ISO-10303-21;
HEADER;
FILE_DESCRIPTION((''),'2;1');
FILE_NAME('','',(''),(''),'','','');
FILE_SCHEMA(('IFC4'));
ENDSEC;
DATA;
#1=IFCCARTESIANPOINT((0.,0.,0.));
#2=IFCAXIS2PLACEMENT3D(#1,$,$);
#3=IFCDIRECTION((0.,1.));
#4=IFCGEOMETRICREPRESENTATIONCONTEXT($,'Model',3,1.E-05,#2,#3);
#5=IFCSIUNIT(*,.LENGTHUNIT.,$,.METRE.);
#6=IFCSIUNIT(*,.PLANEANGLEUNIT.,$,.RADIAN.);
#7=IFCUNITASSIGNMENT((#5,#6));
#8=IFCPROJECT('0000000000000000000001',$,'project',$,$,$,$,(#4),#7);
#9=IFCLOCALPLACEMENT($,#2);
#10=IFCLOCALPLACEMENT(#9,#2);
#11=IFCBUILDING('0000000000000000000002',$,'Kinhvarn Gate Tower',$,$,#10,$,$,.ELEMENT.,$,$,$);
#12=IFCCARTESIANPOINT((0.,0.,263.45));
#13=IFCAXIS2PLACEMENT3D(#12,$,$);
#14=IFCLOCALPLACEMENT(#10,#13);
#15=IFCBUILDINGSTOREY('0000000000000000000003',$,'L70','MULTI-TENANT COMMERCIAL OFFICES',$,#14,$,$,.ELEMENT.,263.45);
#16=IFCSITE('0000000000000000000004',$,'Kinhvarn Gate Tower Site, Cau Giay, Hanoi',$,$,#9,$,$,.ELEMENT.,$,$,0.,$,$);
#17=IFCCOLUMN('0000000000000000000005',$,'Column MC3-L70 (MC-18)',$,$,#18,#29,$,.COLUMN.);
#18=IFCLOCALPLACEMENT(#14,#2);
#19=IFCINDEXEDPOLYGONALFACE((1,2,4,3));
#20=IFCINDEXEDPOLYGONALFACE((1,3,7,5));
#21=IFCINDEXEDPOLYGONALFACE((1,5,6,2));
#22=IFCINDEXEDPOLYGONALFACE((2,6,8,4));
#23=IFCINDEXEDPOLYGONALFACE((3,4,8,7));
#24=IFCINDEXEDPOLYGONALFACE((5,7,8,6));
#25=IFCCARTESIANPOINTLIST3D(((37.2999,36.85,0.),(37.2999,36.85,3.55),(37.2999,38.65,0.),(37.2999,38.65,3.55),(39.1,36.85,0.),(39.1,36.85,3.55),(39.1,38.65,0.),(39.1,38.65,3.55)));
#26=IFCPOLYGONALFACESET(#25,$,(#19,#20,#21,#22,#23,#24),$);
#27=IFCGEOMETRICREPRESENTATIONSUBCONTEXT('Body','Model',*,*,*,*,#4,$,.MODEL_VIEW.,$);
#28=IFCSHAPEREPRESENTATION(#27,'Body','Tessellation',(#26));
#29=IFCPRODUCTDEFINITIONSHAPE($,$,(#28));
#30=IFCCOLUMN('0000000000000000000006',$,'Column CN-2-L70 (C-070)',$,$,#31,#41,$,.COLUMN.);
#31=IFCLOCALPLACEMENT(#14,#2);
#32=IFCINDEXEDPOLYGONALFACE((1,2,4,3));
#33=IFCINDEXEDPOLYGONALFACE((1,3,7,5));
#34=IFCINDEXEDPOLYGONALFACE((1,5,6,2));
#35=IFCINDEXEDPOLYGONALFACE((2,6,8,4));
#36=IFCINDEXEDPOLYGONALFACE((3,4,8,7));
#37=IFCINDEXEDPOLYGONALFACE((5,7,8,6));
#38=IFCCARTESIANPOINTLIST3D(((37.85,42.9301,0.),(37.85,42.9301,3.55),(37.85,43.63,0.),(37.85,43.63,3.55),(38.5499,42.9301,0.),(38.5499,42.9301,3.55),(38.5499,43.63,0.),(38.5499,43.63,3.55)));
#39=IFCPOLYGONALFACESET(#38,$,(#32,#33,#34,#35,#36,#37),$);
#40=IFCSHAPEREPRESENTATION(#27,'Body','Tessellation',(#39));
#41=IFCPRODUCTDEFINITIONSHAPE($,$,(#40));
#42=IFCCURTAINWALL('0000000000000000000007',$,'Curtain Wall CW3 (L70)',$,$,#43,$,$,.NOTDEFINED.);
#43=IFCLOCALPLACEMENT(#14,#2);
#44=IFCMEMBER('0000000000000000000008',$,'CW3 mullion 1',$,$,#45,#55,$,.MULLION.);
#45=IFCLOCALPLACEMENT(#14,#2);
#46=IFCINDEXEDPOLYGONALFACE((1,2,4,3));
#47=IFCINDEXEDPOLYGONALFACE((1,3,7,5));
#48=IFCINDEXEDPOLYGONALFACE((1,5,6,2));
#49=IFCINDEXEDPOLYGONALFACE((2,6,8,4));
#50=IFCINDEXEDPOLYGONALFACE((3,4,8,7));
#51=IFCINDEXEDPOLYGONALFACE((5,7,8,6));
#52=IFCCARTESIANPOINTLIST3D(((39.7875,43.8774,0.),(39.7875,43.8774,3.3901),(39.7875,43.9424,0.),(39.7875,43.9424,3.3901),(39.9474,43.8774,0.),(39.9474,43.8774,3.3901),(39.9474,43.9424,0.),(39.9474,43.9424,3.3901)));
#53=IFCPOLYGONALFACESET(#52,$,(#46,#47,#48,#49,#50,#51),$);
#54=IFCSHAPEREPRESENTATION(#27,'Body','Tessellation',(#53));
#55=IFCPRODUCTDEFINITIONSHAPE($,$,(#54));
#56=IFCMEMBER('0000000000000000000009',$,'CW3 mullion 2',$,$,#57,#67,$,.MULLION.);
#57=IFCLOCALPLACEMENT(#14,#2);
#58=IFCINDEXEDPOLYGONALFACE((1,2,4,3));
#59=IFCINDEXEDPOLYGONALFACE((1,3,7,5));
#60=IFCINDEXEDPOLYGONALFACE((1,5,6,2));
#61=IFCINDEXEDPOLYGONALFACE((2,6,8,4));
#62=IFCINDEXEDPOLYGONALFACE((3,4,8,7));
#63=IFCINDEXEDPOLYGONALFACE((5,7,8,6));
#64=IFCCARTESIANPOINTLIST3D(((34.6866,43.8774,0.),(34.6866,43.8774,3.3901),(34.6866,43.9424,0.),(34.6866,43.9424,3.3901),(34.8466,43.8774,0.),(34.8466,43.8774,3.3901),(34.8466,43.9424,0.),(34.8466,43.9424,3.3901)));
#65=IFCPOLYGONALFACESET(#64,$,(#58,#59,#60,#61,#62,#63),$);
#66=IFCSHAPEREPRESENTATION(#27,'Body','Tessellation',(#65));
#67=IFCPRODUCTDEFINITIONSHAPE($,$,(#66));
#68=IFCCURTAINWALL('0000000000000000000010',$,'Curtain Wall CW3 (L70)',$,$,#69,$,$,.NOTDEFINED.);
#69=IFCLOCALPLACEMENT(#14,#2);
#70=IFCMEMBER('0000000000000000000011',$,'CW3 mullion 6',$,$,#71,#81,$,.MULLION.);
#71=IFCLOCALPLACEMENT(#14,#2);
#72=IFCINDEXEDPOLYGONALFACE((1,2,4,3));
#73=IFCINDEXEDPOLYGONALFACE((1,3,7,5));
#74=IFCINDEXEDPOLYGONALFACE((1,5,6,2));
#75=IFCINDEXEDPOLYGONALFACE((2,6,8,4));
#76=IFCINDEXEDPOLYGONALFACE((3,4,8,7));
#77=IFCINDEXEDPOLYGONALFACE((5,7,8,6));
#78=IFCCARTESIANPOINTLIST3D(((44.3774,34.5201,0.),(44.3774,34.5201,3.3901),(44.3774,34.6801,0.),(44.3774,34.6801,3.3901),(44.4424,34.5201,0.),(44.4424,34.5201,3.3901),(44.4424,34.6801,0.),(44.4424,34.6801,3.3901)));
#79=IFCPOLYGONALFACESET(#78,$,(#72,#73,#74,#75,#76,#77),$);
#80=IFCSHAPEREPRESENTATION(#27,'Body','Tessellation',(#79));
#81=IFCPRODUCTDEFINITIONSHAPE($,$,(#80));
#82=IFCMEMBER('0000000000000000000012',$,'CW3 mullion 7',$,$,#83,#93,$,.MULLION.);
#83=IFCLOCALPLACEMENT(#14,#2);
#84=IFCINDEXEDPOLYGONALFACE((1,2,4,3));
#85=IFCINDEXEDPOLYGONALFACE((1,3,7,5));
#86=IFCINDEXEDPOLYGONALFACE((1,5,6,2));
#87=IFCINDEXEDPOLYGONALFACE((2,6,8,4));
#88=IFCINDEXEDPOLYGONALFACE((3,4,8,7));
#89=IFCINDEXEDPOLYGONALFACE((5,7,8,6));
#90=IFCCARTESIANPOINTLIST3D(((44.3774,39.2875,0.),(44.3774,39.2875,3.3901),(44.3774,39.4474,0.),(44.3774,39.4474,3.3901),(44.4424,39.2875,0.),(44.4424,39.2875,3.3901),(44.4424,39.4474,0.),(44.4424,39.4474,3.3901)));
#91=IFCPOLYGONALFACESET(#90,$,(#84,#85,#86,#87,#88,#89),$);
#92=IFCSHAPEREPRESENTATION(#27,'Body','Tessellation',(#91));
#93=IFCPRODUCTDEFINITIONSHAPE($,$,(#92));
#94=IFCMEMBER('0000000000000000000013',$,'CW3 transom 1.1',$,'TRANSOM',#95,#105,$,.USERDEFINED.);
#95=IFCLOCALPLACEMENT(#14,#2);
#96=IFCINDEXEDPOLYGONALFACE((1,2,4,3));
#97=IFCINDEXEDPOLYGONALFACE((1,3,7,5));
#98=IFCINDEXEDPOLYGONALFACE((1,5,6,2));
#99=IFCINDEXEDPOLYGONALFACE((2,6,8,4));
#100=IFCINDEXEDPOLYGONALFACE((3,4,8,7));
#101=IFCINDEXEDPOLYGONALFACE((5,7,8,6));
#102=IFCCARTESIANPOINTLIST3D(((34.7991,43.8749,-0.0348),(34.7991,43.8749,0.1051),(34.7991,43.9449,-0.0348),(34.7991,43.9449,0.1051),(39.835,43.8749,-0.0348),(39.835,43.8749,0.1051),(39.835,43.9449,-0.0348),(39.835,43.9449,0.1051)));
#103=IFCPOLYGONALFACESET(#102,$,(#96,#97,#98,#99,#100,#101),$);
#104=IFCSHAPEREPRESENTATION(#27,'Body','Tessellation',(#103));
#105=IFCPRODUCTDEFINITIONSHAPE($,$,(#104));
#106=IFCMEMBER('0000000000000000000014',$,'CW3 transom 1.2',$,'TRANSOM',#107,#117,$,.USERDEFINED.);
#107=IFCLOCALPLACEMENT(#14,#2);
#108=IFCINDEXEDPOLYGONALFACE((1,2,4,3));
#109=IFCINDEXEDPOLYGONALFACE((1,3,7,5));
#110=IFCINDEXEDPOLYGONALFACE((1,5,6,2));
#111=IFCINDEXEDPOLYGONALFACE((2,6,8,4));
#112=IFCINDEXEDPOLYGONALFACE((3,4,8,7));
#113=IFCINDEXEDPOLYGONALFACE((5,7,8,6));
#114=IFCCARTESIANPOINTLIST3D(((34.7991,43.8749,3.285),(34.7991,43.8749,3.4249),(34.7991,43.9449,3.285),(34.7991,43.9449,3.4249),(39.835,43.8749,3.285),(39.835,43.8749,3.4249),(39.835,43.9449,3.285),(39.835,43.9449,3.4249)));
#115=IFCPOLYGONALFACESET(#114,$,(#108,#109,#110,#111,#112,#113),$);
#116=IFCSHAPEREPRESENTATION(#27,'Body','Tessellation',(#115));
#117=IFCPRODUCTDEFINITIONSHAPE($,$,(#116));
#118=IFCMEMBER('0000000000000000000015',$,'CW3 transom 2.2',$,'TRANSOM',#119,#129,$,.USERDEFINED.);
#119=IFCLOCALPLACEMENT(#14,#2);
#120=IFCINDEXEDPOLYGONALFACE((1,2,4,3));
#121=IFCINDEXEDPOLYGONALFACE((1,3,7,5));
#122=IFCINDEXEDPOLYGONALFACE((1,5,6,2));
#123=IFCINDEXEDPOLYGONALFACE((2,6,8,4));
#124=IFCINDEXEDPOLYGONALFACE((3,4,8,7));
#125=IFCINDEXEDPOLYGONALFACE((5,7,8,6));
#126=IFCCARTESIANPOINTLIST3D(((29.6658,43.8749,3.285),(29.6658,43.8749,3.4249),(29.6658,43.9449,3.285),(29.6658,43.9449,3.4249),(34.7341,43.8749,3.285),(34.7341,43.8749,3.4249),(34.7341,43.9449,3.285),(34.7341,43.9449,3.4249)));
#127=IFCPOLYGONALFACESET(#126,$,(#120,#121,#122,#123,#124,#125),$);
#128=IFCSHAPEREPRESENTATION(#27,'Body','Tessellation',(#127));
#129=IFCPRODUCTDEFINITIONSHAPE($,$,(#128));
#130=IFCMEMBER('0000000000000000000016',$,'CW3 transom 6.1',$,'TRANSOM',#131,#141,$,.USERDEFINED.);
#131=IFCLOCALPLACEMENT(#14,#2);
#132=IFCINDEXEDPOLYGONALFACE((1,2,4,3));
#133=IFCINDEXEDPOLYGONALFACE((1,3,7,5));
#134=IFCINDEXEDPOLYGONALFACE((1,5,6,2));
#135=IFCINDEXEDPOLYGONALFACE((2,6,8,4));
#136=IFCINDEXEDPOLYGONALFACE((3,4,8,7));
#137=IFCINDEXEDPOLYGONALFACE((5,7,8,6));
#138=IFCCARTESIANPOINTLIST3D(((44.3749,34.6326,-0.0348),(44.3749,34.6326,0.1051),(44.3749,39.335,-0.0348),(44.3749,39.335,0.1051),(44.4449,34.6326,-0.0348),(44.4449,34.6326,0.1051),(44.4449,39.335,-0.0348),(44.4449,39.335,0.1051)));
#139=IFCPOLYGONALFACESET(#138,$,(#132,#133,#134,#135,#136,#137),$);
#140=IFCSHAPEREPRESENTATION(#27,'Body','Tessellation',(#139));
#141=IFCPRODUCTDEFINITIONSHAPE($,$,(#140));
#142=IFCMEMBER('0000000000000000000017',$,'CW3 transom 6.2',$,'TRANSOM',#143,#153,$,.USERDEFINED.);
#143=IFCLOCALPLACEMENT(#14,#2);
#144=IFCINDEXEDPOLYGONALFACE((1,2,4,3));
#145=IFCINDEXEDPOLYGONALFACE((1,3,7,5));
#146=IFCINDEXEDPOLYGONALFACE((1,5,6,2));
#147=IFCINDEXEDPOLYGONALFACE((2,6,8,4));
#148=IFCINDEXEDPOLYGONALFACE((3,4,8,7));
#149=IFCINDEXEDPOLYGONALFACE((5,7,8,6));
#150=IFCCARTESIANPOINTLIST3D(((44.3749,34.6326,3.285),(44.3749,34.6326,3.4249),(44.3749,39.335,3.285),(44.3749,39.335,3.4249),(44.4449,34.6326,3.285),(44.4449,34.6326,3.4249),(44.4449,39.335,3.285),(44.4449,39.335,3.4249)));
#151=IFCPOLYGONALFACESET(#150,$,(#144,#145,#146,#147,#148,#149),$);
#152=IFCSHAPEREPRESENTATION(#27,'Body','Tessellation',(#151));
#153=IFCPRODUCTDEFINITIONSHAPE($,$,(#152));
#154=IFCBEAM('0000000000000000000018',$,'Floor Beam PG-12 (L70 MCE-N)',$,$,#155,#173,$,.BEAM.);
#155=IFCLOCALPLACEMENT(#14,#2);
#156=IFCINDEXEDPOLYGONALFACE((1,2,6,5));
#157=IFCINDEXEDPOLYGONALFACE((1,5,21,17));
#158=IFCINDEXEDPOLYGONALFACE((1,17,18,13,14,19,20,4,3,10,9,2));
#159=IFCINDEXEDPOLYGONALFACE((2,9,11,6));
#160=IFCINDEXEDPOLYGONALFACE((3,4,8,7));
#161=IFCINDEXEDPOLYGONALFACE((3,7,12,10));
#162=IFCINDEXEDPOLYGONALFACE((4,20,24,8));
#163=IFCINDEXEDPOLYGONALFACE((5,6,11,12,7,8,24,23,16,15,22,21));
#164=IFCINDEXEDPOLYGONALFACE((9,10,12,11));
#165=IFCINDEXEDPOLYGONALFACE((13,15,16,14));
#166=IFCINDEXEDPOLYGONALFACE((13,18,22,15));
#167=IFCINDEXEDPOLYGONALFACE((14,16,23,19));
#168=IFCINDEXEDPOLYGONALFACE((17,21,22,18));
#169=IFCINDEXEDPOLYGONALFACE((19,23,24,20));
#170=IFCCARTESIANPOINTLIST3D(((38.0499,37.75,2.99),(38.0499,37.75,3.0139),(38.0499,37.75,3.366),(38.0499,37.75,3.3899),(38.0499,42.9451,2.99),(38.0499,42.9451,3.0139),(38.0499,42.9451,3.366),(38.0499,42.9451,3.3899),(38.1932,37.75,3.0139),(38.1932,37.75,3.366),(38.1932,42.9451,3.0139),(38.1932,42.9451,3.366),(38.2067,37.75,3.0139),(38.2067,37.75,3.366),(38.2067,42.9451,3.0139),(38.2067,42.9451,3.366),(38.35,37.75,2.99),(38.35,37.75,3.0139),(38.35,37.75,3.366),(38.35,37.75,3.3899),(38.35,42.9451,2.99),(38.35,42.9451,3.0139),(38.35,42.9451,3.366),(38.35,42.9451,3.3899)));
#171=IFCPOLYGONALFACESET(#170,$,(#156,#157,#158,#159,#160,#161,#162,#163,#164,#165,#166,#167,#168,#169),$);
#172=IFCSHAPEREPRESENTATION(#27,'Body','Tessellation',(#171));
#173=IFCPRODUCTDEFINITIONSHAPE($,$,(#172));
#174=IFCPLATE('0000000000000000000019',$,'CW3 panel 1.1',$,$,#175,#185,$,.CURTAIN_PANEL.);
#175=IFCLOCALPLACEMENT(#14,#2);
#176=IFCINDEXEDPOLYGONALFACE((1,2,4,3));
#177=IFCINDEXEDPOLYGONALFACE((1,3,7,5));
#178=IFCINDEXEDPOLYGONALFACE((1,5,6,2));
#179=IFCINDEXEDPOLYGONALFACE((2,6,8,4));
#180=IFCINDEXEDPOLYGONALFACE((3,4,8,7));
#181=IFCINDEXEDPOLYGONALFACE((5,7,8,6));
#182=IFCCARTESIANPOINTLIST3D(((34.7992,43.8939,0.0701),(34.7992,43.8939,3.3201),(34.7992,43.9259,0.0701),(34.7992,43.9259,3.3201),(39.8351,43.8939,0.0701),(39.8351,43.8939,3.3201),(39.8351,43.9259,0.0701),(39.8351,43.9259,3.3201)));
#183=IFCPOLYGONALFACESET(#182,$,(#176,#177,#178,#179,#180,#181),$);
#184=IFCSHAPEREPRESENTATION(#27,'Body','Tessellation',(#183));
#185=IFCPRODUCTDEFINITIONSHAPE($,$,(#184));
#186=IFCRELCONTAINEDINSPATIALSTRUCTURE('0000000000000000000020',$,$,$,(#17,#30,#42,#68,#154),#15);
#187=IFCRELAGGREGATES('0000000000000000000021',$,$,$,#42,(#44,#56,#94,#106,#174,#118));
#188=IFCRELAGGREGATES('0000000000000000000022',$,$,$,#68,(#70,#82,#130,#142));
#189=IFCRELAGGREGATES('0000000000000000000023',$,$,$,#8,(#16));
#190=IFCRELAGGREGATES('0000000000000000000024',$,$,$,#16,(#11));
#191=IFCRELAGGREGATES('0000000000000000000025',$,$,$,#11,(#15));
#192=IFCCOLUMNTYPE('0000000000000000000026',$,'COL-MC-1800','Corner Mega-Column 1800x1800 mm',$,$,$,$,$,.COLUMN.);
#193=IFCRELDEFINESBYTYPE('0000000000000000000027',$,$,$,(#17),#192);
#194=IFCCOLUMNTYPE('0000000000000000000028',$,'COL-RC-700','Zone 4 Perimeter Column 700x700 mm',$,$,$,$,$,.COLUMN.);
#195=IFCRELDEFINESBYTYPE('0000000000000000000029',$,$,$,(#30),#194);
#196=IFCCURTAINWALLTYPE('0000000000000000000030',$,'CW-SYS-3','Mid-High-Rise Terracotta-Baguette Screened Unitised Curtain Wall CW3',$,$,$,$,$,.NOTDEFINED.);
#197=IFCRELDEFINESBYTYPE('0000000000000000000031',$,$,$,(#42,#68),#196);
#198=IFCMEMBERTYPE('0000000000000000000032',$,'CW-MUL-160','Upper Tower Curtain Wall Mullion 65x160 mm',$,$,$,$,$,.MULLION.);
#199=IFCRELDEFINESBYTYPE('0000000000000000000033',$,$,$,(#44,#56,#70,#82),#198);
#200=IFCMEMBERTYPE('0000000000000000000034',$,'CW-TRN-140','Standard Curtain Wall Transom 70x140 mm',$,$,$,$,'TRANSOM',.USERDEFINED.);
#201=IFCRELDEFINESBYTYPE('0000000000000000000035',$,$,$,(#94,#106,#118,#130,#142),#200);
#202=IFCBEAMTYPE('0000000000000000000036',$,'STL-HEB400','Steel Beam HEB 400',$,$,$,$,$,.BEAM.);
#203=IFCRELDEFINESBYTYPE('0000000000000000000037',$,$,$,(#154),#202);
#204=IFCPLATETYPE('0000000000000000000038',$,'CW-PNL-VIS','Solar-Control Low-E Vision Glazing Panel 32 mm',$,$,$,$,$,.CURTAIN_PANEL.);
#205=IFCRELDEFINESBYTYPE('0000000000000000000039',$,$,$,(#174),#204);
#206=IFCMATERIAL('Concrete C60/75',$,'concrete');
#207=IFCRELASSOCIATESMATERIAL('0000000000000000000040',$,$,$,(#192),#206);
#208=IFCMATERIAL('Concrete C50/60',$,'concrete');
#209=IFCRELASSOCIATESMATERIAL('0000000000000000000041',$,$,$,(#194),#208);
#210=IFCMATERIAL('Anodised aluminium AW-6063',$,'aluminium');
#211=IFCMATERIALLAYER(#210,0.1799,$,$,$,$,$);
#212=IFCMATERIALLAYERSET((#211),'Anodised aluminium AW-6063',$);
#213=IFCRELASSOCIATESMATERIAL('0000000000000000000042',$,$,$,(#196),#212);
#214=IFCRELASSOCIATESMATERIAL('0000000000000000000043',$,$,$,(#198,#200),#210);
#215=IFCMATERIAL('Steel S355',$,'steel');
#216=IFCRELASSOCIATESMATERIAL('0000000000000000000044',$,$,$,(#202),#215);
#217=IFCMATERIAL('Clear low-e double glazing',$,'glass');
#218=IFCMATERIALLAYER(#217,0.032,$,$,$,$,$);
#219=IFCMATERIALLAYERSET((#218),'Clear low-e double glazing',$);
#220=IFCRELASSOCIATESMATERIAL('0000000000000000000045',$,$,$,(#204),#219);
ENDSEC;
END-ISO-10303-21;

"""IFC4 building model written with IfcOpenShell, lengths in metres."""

from ifc_helpers import new_model, si_unit, direction, frame, origin, origin_2d, place, context, subcontext, project, spatial, rectangle, i_section, extrude, material, layer, layer_set, material_profile, profile_set, type_object, element, aggregate, save


model = new_model("IFC4")

# Units and contexts
model_context = context("Model", 3, precision=1e-05, world=origin(), true_north=direction((0.0, 1.0)))
body_context = subcontext(model_context, "Body", "Model", "MODEL_VIEW")
ifc_project = project(units=[si_unit("LENGTHUNIT", "METRE"), si_unit("PLANEANGLEUNIT", "RADIAN")], contexts=[model_context])

# Site, building, storey
site_placement = place(None, origin())
site = spatial("IfcSite", under=ifc_project, at=site_placement, Name="Kinhvarn Gate Tower Site, Cau Giay, Hanoi", CompositionType="ELEMENT", RefElevation=0.0)
building_placement = place(site_placement, origin())
building = spatial("IfcBuilding", under=site, at=building_placement, Name="Kinhvarn Gate Tower", CompositionType="ELEMENT")
storey_placement = place(building_placement, frame((0.0, 0.0, 263.45)))
storey = spatial("IfcBuildingStorey", under=building, at=storey_placement, Name="L70", Description="MULTI-TENANT COMMERCIAL OFFICES", CompositionType="ELEMENT", Elevation=263.45)

# Columns
ifc_material_1 = material(Name="Concrete C60/75", Category="concrete")
ifc_material_profile_1 = material_profile(ifc_material_1, rectangle(XDim=1.8, YDim=1.8, at=origin_2d()), Name="RC 1800x1800")
ifc_profile_set_1 = profile_set([ifc_material_profile_1], Name="Concrete C60/75")
column_type_1 = type_object("IfcColumnType", Name="COL-MC-1800", Description="Corner Mega-Column 1800x1800 mm", PredefinedType="COLUMN", material=ifc_profile_set_1)
column_1_placement = place(storey_placement, frame((38.2, 37.75, 0.0), z_axis=(0.0, 0.0, 1.0), x_axis=(1.0, 0.0, 0.0)))
element("IfcColumn", 1, at=column_1_placement, inside=storey, type_object=column_type_1, Name="Column MC3-L70 (MC-18)", PredefinedType="COLUMN", context=body_context, shape_type="SweptSolid", body=[
    extrude(rectangle(XDim=1.8, YDim=1.8, at=origin_2d()), origin(), (0.0, 0.0, 1.0), 3.55),
])
ifc_material_2 = material(Name="Concrete C50/60", Category="concrete")
ifc_material_profile_2 = material_profile(ifc_material_2, rectangle(XDim=0.7, YDim=0.7, at=origin_2d()), Name="RC 700x700")
ifc_profile_set_2 = profile_set([ifc_material_profile_2], Name="Concrete C50/60")
column_type_2 = type_object("IfcColumnType", Name="COL-RC-700", Description="Zone 4 Perimeter Column 700x700 mm", PredefinedType="COLUMN", material=ifc_profile_set_2)
column_2_placement = place(storey_placement, frame((38.2, 43.28, 0.0), z_axis=(0.0, 0.0, 1.0), x_axis=(1.0, 0.0, 0.0)))
element("IfcColumn", 2, at=column_2_placement, inside=storey, type_object=column_type_2, Name="Column CN-2-L70 (C-070)", PredefinedType="COLUMN", context=body_context, shape_type="SweptSolid", body=[
    extrude(rectangle(XDim=0.7, YDim=0.7, at=origin_2d()), origin(), (0.0, 0.0, 1.0), 3.55),
])

# Curtain walls, members
ifc_material_3 = material(Name="Anodised aluminium AW-6063", Category="aluminium")
ifc_layer_1 = layer(ifc_material_3, 0.1799)
ifc_layer_set_1 = layer_set([ifc_layer_1], Name="Anodised aluminium AW-6063")
curtain_wall_type = type_object("IfcCurtainWallType", Name="CW-SYS-3", Description="Mid-High-Rise Terracotta-Baguette Screened Unitised Curtain Wall CW3", PredefinedType="NOTDEFINED", material=ifc_layer_set_1)
curtain_wall_1_placement = place(storey_placement, origin())
curtain_wall_1 = element("IfcCurtainWall", 3, at=curtain_wall_1_placement, inside=storey, type_object=curtain_wall_type, Name="Curtain Wall CW3 (L70)", PredefinedType="NOTDEFINED")
ifc_material_profile_3 = material_profile(ifc_material_3, rectangle(XDim=0.0649, YDim=0.1599, at=origin_2d()), Name="ALU 65x160")
ifc_profile_set_3 = profile_set([ifc_material_profile_3], Name="Anodised aluminium AW-6063")
member_type_1 = type_object("IfcMemberType", Name="CW-MUL-160", Description="Upper Tower Curtain Wall Mullion 65x160 mm", PredefinedType="MULLION", material=ifc_profile_set_3)
member_1_placement = place(storey_placement, frame((39.8674, 43.9099, 0.0), z_axis=(0.0, 0.0, 1.0), x_axis=(0.0, -1.0, 0.0)))
member_1 = element("IfcMember", 4, at=member_1_placement, type_object=member_type_1, Name="CW3 mullion 1", PredefinedType="MULLION", context=body_context, shape_type="SweptSolid", body=[
    extrude(rectangle(XDim=0.0649, YDim=0.1599, at=origin_2d()), origin(), (0.0, 0.0, 1.0), 3.3901),
])
member_2_placement = place(storey_placement, frame((34.7666, 43.9099, 0.0), z_axis=(0.0, 0.0, 1.0), x_axis=(0.0, -1.0, 0.0)))
member_2 = element("IfcMember", 5, at=member_2_placement, type_object=member_type_1, Name="CW3 mullion 2", PredefinedType="MULLION", context=body_context, shape_type="SweptSolid", body=[
    extrude(rectangle(XDim=0.0649, YDim=0.1599, at=origin_2d()), origin(), (0.0, 0.0, 1.0), 3.3901),
])
curtain_wall_2_placement = place(storey_placement, origin())
curtain_wall_2 = element("IfcCurtainWall", 6, at=curtain_wall_2_placement, inside=storey, type_object=curtain_wall_type, Name="Curtain Wall CW3 (L70)", PredefinedType="NOTDEFINED")
member_3_placement = place(storey_placement, frame((44.4099, 34.6001, 0.0), z_axis=(0.0, 0.0, 1.0), x_axis=(-1.0, 0.0, 0.0)))
member_3 = element("IfcMember", 7, at=member_3_placement, type_object=member_type_1, Name="CW3 mullion 6", PredefinedType="MULLION", context=body_context, shape_type="SweptSolid", body=[
    extrude(rectangle(XDim=0.0649, YDim=0.1599, at=origin_2d()), origin(), (0.0, 0.0, 1.0), 3.3901),
])
member_4_placement = place(storey_placement, frame((44.4099, 39.3674, 0.0), z_axis=(0.0, 0.0, 1.0), x_axis=(-1.0, 0.0, 0.0)))
member_4 = element("IfcMember", 8, at=member_4_placement, type_object=member_type_1, Name="CW3 mullion 7", PredefinedType="MULLION", context=body_context, shape_type="SweptSolid", body=[
    extrude(rectangle(XDim=0.0649, YDim=0.1599, at=origin_2d()), origin(), (0.0, 0.0, 1.0), 3.3901),
])

# Members
ifc_material_profile_4 = material_profile(ifc_material_3, rectangle(XDim=0.0701, YDim=0.1399, at=origin_2d()), Name="ALU 70x140")
ifc_profile_set_4 = profile_set([ifc_material_profile_4], Name="Anodised aluminium AW-6063")
member_type_2 = type_object("IfcMemberType", Name="CW-TRN-140", Description="Standard Curtain Wall Transom 70x140 mm", ElementType="TRANSOM", PredefinedType="USERDEFINED", material=ifc_profile_set_4)
member_5_placement = place(storey_placement, frame((39.835, 43.9099, 0.0352), z_axis=(-1.0, 0.0, 0.0), x_axis=(0.0, -1.0, 0.0)))
member_5 = element("IfcMember", 9, at=member_5_placement, type_object=member_type_2, Name="CW3 transom 1.1", ObjectType="TRANSOM", PredefinedType="USERDEFINED", context=body_context, shape_type="SweptSolid", body=[
    extrude(rectangle(XDim=0.0701, YDim=0.1399, at=origin_2d()), origin(), (0.0, 0.0, 1.0), 5.0359),
])
member_6_placement = place(storey_placement, frame((39.835, 43.9099, 3.355), z_axis=(-1.0, 0.0, 0.0), x_axis=(0.0, -1.0, 0.0)))
member_6 = element("IfcMember", 10, at=member_6_placement, type_object=member_type_2, Name="CW3 transom 1.2", ObjectType="TRANSOM", PredefinedType="USERDEFINED", context=body_context, shape_type="SweptSolid", body=[
    extrude(rectangle(XDim=0.0701, YDim=0.1399, at=origin_2d()), origin(), (0.0, 0.0, 1.0), 5.0359),
])
member_7_placement = place(storey_placement, frame((34.7341, 43.9099, 3.355), z_axis=(-1.0, 0.0, 0.0), x_axis=(0.0, -1.0, 0.0)))
member_7 = element("IfcMember", 11, at=member_7_placement, type_object=member_type_2, Name="CW3 transom 2.2", ObjectType="TRANSOM", PredefinedType="USERDEFINED", context=body_context, shape_type="SweptSolid", body=[
    extrude(rectangle(XDim=0.0701, YDim=0.1399, at=origin_2d()), origin(), (0.0, 0.0, 1.0), 5.0684),
])
member_8_placement = place(storey_placement, frame((44.4099, 34.6326, 0.0352), z_axis=(0.0, 1.0, 0.0), x_axis=(-1.0, 0.0, 0.0)))
member_8 = element("IfcMember", 12, at=member_8_placement, type_object=member_type_2, Name="CW3 transom 6.1", ObjectType="TRANSOM", PredefinedType="USERDEFINED", context=body_context, shape_type="SweptSolid", body=[
    extrude(rectangle(XDim=0.0701, YDim=0.1399, at=origin_2d()), origin(), (0.0, 0.0, 1.0), 4.7024),
])
member_9_placement = place(storey_placement, frame((44.4099, 34.6326, 3.355), z_axis=(0.0, 1.0, 0.0), x_axis=(-1.0, 0.0, 0.0)))
member_9 = element("IfcMember", 13, at=member_9_placement, type_object=member_type_2, Name="CW3 transom 6.2", ObjectType="TRANSOM", PredefinedType="USERDEFINED", context=body_context, shape_type="SweptSolid", body=[
    extrude(rectangle(XDim=0.0701, YDim=0.1399, at=origin_2d()), origin(), (0.0, 0.0, 1.0), 4.7024),
])

# Beam
ifc_material_4 = material(Name="Steel S355", Category="steel")
ifc_material_profile_5 = material_profile(ifc_material_4, i_section(OverallWidth=0.3, OverallDepth=0.3999, WebThickness=0.0134, FlangeThickness=0.0239, at=origin_2d()), Name="HEB 400")
ifc_profile_set_5 = profile_set([ifc_material_profile_5], Name="Steel S355")
beam_type = type_object("IfcBeamType", Name="STL-HEB400", Description="Steel Beam HEB 400", PredefinedType="BEAM", material=ifc_profile_set_5)
beam_placement = place(storey_placement, frame((38.2, 37.75, 3.1899), z_axis=(0.0, 1.0, 0.0), x_axis=(-1.0, 0.0, 0.0)))
element("IfcBeam", 14, at=beam_placement, inside=storey, type_object=beam_type, Name="Floor Beam PG-12 (L70 MCE-N)", PredefinedType="BEAM", context=body_context, shape_type="SweptSolid", body=[
    extrude(i_section(OverallWidth=0.3, OverallDepth=0.3999, WebThickness=0.0134, FlangeThickness=0.0239, at=origin_2d()), origin(), (0.0, 0.0, 1.0), 5.1951),
])

# Plate
ifc_material_5 = material(Name="Clear low-e double glazing", Category="glass")
ifc_layer_2 = layer(ifc_material_5, 0.032)
ifc_layer_set_2 = layer_set([ifc_layer_2], Name="Clear low-e double glazing")
plate_type = type_object("IfcPlateType", Name="CW-PNL-VIS", Description="Solar-Control Low-E Vision Glazing Panel 32 mm", PredefinedType="CURTAIN_PANEL", material=ifc_layer_set_2)
plate_1_placement = place(storey_placement, frame((37.3171, 43.9099, 0.0701), z_axis=(0.0, 0.0, 1.0), x_axis=(-1.0, 0.0, 0.0)))
plate_1 = element("IfcPlate", 15, at=plate_1_placement, type_object=plate_type, Name="CW3 panel 1.1", PredefinedType="CURTAIN_PANEL", context=body_context, shape_type="SweptSolid", body=[
    extrude(rectangle(XDim=5.0359, YDim=0.032, at=origin_2d()), origin(), (0.0, 0.0, 1.0), 3.25),
])
aggregate(curtain_wall_1, [member_1, member_2, member_5, member_6, plate_1, member_7])
aggregate(curtain_wall_2, [member_3, member_4, member_8, member_9])

save(model, "model.ifc")
